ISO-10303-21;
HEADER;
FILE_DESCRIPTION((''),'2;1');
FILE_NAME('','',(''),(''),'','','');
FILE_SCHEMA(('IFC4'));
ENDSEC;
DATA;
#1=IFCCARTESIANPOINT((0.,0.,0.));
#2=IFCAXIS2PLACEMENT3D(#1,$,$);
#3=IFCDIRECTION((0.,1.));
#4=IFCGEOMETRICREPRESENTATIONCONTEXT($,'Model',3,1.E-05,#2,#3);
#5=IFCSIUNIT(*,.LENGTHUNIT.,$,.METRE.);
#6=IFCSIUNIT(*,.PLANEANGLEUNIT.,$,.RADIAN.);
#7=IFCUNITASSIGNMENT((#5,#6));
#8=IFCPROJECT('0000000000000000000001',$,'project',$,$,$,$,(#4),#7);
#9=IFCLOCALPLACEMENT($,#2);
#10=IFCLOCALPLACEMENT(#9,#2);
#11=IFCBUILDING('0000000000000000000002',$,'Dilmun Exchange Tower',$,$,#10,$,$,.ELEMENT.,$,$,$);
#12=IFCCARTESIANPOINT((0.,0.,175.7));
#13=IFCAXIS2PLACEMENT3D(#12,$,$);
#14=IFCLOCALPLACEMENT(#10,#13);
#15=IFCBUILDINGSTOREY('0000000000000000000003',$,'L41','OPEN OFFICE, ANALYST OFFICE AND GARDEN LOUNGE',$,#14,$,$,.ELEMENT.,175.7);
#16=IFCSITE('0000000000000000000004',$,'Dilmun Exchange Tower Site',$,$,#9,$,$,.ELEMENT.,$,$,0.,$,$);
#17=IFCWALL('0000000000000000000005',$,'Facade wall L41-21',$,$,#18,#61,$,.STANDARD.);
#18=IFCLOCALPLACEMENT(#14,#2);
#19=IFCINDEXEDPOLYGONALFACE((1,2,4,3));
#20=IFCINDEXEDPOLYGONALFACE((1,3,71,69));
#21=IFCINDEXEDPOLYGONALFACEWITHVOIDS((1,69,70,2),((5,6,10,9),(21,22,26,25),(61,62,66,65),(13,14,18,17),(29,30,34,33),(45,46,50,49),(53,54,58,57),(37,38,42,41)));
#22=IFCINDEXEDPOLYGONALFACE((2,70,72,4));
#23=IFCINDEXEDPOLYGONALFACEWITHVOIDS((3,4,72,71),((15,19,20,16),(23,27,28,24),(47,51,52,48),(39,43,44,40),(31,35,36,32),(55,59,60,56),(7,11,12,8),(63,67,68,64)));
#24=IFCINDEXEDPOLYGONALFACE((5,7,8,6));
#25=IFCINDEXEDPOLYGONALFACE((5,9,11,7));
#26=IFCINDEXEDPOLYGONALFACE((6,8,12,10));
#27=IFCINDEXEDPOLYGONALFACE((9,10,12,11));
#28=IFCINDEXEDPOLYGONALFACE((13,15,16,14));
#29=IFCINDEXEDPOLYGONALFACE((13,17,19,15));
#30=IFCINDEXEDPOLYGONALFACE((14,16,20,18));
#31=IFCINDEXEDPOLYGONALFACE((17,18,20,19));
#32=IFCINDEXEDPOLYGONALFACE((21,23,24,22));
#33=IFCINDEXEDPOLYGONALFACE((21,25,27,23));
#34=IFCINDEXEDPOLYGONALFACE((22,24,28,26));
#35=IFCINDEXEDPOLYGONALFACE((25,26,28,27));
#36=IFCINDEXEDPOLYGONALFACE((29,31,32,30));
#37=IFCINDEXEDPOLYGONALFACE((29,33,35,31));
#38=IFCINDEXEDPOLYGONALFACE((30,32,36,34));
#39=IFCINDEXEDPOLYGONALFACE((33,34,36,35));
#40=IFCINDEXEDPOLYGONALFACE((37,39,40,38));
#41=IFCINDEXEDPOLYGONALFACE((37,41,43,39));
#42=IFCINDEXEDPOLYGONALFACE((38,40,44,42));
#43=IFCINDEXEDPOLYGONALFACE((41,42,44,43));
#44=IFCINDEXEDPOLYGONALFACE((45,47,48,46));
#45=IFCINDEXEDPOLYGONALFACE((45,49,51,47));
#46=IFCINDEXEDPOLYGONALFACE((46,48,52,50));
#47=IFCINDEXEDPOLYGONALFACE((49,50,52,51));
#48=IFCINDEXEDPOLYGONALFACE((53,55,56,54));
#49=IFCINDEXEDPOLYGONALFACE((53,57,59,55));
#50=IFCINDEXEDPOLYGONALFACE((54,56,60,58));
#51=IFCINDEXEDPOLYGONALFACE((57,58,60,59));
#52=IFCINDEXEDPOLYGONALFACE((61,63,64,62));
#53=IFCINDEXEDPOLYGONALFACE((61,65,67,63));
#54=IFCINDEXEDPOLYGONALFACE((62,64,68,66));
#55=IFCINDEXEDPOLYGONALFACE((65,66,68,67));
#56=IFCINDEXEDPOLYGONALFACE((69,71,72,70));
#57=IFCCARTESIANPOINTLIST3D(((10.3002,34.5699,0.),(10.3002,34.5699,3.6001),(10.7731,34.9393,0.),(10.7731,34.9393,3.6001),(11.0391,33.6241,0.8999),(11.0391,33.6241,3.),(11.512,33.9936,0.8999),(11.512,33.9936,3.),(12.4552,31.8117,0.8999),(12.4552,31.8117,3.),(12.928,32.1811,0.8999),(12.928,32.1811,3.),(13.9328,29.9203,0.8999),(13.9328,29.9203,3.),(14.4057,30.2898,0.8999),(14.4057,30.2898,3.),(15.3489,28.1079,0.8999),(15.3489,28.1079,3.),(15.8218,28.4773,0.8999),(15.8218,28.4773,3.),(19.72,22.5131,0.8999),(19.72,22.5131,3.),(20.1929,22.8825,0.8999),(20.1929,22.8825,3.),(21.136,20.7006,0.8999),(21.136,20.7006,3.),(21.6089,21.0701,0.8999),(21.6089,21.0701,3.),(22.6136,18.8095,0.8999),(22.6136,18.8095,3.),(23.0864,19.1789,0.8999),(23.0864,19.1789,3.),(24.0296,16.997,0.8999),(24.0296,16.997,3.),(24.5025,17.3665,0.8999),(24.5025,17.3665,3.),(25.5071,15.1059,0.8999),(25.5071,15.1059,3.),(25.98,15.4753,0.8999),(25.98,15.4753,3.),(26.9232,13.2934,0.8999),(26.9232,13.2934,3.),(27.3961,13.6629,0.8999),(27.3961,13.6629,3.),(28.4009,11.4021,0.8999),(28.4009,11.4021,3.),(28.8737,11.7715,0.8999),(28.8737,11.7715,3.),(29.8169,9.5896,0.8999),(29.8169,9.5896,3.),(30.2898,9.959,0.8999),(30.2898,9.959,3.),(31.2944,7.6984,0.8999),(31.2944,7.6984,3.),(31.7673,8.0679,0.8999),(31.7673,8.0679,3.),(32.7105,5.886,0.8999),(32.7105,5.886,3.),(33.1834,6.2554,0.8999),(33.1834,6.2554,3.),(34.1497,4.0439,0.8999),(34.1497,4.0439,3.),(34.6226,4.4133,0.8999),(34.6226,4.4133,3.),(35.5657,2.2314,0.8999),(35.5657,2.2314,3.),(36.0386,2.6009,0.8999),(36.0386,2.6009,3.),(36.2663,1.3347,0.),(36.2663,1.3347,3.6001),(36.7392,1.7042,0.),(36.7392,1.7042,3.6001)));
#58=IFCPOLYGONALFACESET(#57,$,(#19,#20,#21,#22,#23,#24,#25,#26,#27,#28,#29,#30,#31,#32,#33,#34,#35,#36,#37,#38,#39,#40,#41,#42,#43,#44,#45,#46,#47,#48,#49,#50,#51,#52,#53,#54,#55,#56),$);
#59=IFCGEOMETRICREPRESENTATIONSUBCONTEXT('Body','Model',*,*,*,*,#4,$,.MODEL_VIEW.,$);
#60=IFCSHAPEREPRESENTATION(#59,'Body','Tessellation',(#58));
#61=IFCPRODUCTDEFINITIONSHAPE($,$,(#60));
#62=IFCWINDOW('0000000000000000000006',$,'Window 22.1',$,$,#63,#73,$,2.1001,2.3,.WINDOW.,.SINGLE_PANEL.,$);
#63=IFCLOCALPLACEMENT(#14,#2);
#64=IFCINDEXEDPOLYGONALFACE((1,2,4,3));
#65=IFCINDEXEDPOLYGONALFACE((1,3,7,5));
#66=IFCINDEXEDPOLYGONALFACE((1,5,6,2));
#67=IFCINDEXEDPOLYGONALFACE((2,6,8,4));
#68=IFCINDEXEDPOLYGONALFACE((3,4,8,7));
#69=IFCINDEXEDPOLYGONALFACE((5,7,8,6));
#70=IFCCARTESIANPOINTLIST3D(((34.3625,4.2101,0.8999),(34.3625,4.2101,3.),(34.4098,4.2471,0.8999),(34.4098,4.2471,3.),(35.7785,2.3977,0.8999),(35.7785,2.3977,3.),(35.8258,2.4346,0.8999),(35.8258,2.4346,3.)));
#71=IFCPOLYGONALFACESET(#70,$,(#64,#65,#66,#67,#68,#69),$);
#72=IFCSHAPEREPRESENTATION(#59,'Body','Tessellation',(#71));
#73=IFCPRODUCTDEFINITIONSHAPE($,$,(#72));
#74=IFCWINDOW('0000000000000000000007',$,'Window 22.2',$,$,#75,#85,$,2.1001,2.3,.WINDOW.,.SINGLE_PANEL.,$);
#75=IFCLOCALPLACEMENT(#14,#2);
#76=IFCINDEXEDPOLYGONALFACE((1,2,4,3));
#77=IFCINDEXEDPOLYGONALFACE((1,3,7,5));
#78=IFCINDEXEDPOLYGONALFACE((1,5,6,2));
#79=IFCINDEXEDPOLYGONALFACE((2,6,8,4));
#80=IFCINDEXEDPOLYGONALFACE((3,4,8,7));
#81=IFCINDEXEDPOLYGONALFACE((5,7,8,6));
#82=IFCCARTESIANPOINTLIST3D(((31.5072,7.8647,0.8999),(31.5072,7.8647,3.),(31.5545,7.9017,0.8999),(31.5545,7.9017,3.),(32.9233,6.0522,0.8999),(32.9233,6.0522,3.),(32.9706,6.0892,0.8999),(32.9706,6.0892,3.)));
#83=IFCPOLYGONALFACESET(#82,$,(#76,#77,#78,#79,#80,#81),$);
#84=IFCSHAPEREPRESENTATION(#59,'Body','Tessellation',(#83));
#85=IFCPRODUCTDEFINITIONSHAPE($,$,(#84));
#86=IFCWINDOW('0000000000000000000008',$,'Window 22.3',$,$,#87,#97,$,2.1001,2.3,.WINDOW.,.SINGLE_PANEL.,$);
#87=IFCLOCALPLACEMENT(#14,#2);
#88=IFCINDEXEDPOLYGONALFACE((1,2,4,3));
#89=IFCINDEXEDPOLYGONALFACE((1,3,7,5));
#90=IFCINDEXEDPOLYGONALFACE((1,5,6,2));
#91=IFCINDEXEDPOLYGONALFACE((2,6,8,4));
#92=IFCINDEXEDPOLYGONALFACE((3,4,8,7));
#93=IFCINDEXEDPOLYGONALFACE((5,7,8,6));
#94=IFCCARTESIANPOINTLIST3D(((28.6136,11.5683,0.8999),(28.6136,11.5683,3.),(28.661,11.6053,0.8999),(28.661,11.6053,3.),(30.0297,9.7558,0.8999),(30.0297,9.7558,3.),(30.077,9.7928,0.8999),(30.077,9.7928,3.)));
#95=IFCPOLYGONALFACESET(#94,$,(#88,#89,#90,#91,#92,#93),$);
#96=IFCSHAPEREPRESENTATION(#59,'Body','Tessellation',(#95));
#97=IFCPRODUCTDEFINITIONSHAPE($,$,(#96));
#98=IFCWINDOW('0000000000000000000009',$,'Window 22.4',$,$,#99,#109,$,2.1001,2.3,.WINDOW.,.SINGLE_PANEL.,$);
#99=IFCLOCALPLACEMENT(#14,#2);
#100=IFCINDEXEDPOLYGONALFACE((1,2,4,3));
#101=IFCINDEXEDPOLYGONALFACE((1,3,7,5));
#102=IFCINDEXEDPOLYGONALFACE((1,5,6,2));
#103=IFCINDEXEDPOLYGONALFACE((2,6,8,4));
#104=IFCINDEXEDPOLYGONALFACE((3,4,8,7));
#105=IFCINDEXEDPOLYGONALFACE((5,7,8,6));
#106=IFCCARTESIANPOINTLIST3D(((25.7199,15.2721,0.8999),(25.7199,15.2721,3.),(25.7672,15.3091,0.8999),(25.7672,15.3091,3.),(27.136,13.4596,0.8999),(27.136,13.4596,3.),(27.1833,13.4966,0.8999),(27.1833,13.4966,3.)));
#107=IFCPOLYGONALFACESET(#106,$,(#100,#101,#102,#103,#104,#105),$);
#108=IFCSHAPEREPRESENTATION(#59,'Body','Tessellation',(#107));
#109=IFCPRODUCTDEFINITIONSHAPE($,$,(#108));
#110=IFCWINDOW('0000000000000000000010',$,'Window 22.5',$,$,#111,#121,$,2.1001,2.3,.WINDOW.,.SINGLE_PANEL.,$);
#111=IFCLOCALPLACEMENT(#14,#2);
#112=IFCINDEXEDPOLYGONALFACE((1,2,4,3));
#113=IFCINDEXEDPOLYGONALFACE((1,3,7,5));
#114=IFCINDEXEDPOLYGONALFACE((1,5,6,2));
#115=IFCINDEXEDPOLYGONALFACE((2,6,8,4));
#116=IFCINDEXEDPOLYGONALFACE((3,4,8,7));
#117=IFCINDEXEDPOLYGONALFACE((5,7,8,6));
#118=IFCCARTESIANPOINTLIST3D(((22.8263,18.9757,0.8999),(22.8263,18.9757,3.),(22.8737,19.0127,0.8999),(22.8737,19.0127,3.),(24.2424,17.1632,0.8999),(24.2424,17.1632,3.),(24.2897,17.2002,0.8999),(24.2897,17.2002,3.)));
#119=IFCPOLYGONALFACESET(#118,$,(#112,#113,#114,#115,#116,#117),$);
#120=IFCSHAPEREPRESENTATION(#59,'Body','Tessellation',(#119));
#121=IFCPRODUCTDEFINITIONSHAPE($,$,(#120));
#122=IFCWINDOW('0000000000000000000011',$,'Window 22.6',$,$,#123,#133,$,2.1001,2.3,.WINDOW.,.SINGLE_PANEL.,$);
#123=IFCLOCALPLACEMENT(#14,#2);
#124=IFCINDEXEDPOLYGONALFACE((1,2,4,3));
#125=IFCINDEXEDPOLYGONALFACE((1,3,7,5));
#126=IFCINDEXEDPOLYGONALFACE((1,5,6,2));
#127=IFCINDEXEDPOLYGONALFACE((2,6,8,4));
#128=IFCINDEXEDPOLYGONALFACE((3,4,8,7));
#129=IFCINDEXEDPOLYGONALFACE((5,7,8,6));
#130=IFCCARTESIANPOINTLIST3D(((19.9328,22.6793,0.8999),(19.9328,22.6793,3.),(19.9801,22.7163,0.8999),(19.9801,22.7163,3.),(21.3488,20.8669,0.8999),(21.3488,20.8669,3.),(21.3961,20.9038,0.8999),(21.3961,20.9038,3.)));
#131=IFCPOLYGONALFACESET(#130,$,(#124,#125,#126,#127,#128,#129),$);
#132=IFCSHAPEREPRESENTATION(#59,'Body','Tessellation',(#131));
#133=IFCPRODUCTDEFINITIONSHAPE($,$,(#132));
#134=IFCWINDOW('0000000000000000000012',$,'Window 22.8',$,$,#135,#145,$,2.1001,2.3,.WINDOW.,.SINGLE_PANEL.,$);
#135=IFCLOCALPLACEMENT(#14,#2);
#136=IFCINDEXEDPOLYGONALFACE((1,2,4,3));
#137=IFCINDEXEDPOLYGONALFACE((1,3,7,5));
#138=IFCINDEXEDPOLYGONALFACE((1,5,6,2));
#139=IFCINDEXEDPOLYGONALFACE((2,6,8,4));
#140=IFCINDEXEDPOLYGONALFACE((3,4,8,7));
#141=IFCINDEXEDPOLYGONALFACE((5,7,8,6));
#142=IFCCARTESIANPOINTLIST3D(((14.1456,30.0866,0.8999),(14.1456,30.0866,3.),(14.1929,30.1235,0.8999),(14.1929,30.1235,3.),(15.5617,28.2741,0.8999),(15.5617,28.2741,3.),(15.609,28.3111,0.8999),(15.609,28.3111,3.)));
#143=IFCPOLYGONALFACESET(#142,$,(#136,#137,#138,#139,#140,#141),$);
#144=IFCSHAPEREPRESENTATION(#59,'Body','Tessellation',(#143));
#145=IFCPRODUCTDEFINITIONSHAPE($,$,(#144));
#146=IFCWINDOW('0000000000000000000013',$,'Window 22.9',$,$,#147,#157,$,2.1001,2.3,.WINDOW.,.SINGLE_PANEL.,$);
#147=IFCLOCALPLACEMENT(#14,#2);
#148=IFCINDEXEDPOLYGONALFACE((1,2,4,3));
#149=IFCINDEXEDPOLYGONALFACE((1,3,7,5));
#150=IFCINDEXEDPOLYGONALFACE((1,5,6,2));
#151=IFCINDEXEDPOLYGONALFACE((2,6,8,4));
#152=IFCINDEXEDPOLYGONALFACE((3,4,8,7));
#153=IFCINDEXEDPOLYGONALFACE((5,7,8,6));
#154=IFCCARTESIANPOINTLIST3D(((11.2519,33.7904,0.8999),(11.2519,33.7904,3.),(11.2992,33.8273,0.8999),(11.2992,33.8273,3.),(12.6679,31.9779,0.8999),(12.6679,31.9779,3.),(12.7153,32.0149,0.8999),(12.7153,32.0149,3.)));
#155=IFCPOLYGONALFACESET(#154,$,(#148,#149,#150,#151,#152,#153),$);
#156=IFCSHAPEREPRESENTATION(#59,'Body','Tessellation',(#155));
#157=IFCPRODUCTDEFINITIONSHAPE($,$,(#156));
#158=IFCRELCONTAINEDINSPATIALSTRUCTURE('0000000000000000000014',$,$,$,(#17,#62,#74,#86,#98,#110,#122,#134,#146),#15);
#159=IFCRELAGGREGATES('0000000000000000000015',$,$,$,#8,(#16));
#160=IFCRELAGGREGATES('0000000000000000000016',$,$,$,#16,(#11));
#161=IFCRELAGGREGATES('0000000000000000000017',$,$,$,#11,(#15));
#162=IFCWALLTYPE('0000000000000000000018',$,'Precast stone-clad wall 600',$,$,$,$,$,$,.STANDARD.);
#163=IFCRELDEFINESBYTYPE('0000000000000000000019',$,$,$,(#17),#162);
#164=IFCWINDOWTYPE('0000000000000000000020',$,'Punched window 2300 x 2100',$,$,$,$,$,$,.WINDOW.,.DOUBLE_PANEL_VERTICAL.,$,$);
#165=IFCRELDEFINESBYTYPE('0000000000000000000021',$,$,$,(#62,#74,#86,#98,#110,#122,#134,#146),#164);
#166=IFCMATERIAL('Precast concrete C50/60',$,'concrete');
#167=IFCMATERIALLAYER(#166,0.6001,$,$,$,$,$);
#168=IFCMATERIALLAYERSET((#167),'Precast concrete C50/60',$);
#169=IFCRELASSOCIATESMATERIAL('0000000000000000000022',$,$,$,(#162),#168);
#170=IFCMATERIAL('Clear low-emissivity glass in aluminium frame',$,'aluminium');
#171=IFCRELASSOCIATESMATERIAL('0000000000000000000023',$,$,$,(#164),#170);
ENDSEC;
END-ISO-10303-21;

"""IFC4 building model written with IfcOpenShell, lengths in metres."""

from ifc_helpers import new_model, si_unit, direction, frame, frame_2d, origin, place, context, subcontext, project, spatial, rectangle, extrude, material, layer, layer_set, type_object, element, fill, save


model = new_model("IFC4")

# Units and contexts
model_context = context("Model", 3, precision=1e-05, world=origin(), true_north=direction((0.0, 1.0)))
body_context = subcontext(model_context, "Body", "Model", "MODEL_VIEW")
ifc_project = project(units=[si_unit("LENGTHUNIT", "METRE"), si_unit("PLANEANGLEUNIT", "RADIAN")], contexts=[model_context])

# Site, building, storey
site_placement = place(None, origin())
site = spatial("IfcSite", under=ifc_project, at=site_placement, Name="Dilmun Exchange Tower Site", CompositionType="ELEMENT", RefElevation=0.0)
building_placement = place(site_placement, origin())
building = spatial("IfcBuilding", under=site, at=building_placement, Name="Dilmun Exchange Tower", CompositionType="ELEMENT")
storey_placement = place(building_placement, frame((0.0, 0.0, 175.7)))
storey = spatial("IfcBuildingStorey", under=building, at=storey_placement, Name="L41", Description="OPEN OFFICE, ANALYST OFFICE AND GARDEN LOUNGE", CompositionType="ELEMENT", Elevation=175.7)

# Shared definitions
ifc_material_1 = material(Name="Precast concrete C50/60", Category="concrete")
ifc_layer_1 = layer(ifc_material_1, 0.6001)
ifc_layer_set_1 = layer_set([ifc_layer_1], Name="Precast concrete C50/60")
wall_type_1 = type_object("IfcWallType", Name="Precast stone-clad wall 600", PredefinedType="STANDARD", material=ifc_layer_set_1)

# Shared definitions
ifc_material_2 = material(Name="Clear low-emissivity glass in aluminium frame", Category="aluminium")

# Wall, openings, windows
wall_1_placement = place(storey_placement, frame((36.5027, 1.5195, 0.0), z_axis=(0.0, 0.0, 1.0), x_axis=(-0.615661, 0.788011, 0.0)))
wall_1 = element("IfcWall", 1, at=wall_1_placement, inside=storey, type_object=wall_type_1, Name="Facade wall L41-21", PredefinedType="STANDARD", context=body_context, shape_type="SweptSolid", body=[
    extrude(rectangle(XDim=42.176, YDim=0.6001, at=frame_2d((21.0879, 0.0))), origin(), (0.0, 0.0, 1.0), 3.6001),
])
opening_1_placement = place(wall_1_placement, frame((1.1379, 0.0, 0.8999)))
opening_1 = element("IfcOpeningElement", 2, at=opening_1_placement, cuts=wall_1, PredefinedType="OPENING", context=body_context, shape_type="SweptSolid", body=[
    extrude(rectangle(XDim=2.3, YDim=2.1001, at=frame_2d((1.1499, 1.05))), frame((0.0, 0.3101, 0.0), z_axis=(0.0, -1.0, 0.0), x_axis=(1.0, 0.0, 0.0)), (0.0, 0.0, 1.0), 0.6201),
])
opening_2_placement = place(wall_1_placement, frame((5.7756, 0.0, 0.8999)))
opening_2 = element("IfcOpeningElement", 3, at=opening_2_placement, cuts=wall_1, PredefinedType="OPENING", context=body_context, shape_type="SweptSolid", body=[
    extrude(rectangle(XDim=2.3, YDim=2.1001, at=frame_2d((1.1499, 1.05))), frame((0.0, 0.3101, 0.0), z_axis=(0.0, -1.0, 0.0), x_axis=(1.0, 0.0, 0.0)), (0.0, 0.0, 1.0), 0.6201),
])
opening_3_placement = place(wall_1_placement, frame((10.4756, 0.0, 0.8999)))
opening_3 = element("IfcOpeningElement", 4, at=opening_3_placement, cuts=wall_1, PredefinedType="OPENING", context=body_context, shape_type="SweptSolid", body=[
    extrude(rectangle(XDim=2.3, YDim=2.1001, at=frame_2d((1.1499, 1.05))), frame((0.0, 0.3101, 0.0), z_axis=(0.0, -1.0, 0.0), x_axis=(1.0, 0.0, 0.0)), (0.0, 0.0, 1.0), 0.6201),
])
opening_4_placement = place(wall_1_placement, frame((15.1758, 0.0, 0.8999)))
opening_4 = element("IfcOpeningElement", 5, at=opening_4_placement, cuts=wall_1, PredefinedType="OPENING", context=body_context, shape_type="SweptSolid", body=[
    extrude(rectangle(XDim=2.3, YDim=2.1001, at=frame_2d((1.1499, 1.05))), frame((0.0, 0.3101, 0.0), z_axis=(0.0, -1.0, 0.0), x_axis=(1.0, 0.0, 0.0)), (0.0, 0.0, 1.0), 0.6201),
])
opening_5_placement = place(wall_1_placement, frame((19.8757, 0.0, 0.8999)))
opening_5 = element("IfcOpeningElement", 6, at=opening_5_placement, cuts=wall_1, PredefinedType="OPENING", context=body_context, shape_type="SweptSolid", body=[
    extrude(rectangle(XDim=2.3, YDim=2.1001, at=frame_2d((1.1499, 1.05))), frame((0.0, 0.3101, 0.0), z_axis=(0.0, -1.0, 0.0), x_axis=(1.0, 0.0, 0.0)), (0.0, 0.0, 1.0), 0.6201),
])
opening_6_placement = place(wall_1_placement, frame((24.5757, 0.0, 0.8999)))
opening_6 = element("IfcOpeningElement", 7, at=opening_6_placement, cuts=wall_1, PredefinedType="OPENING", context=body_context, shape_type="SweptSolid", body=[
    extrude(rectangle(XDim=2.3, YDim=2.1001, at=frame_2d((1.1499, 1.05))), frame((0.0, 0.3101, 0.0), z_axis=(0.0, -1.0, 0.0), x_axis=(1.0, 0.0, 0.0)), (0.0, 0.0, 1.0), 0.6201),
])
opening_7_placement = place(wall_1_placement, frame((33.9756, 0.0, 0.8999)))
opening_7 = element("IfcOpeningElement", 8, at=opening_7_placement, cuts=wall_1, PredefinedType="OPENING", context=body_context, shape_type="SweptSolid", body=[
    extrude(rectangle(XDim=2.3, YDim=2.1001, at=frame_2d((1.1499, 1.05))), frame((0.0, 0.3101, 0.0), z_axis=(0.0, -1.0, 0.0), x_axis=(1.0, 0.0, 0.0)), (0.0, 0.0, 1.0), 0.6201),
])
opening_8_placement = place(wall_1_placement, frame((38.6758, 0.0, 0.8999)))
opening_8 = element("IfcOpeningElement", 9, at=opening_8_placement, cuts=wall_1, PredefinedType="OPENING", context=body_context, shape_type="SweptSolid", body=[
    extrude(rectangle(XDim=2.3, YDim=2.1001, at=frame_2d((1.1499, 1.05))), frame((0.0, 0.3101, 0.0), z_axis=(0.0, -1.0, 0.0), x_axis=(1.0, 0.0, 0.0)), (0.0, 0.0, 1.0), 0.6201),
])
window_type_1 = type_object("IfcWindowType", Name="Punched window 2300 x 2100", PartitioningType="DOUBLE_PANEL_VERTICAL", PredefinedType="WINDOW", material=ifc_material_2)
window_1_placement = place(opening_1_placement, origin())
window_1 = element("IfcWindow", 10, at=window_1_placement, inside=storey, type_object=window_type_1, Name="Window 22.1", OverallHeight=2.1001, OverallWidth=2.3, PartitioningType="SINGLE_PANEL", PredefinedType="WINDOW", context=body_context, shape_type="SweptSolid", body=[
    extrude(rectangle(XDim=2.3, YDim=2.1001, at=frame_2d((1.1499, 1.05))), frame((0.0, 0.03, 0.0), z_axis=(0.0, -1.0, 0.0), x_axis=(1.0, 0.0, 0.0)), (0.0, 0.0, 1.0), 0.0601),
])
fill(opening_1, window_1)
window_2_placement = place(opening_2_placement, origin())
window_2 = element("IfcWindow", 11, at=window_2_placement, inside=storey, type_object=window_type_1, Name="Window 22.2", OverallHeight=2.1001, OverallWidth=2.3, PartitioningType="SINGLE_PANEL", PredefinedType="WINDOW", context=body_context, shape_type="SweptSolid", body=[
    extrude(rectangle(XDim=2.3, YDim=2.1001, at=frame_2d((1.1499, 1.05))), frame((0.0, 0.03, 0.0), z_axis=(0.0, -1.0, 0.0), x_axis=(1.0, 0.0, 0.0)), (0.0, 0.0, 1.0), 0.0601),
])
fill(opening_2, window_2)
window_3_placement = place(opening_3_placement, origin())
window_3 = element("IfcWindow", 12, at=window_3_placement, inside=storey, type_object=window_type_1, Name="Window 22.3", OverallHeight=2.1001, OverallWidth=2.3, PartitioningType="SINGLE_PANEL", PredefinedType="WINDOW", context=body_context, shape_type="SweptSolid", body=[
    extrude(rectangle(XDim=2.3, YDim=2.1001, at=frame_2d((1.1499, 1.05))), frame((0.0, 0.03, 0.0), z_axis=(0.0, -1.0, 0.0), x_axis=(1.0, 0.0, 0.0)), (0.0, 0.0, 1.0), 0.0601),
])
fill(opening_3, window_3)
window_4_placement = place(opening_4_placement, origin())
window_4 = element("IfcWindow", 13, at=window_4_placement, inside=storey, type_object=window_type_1, Name="Window 22.4", OverallHeight=2.1001, OverallWidth=2.3, PartitioningType="SINGLE_PANEL", PredefinedType="WINDOW", context=body_context, shape_type="SweptSolid", body=[
    extrude(rectangle(XDim=2.3, YDim=2.1001, at=frame_2d((1.1499, 1.05))), frame((0.0, 0.03, 0.0), z_axis=(0.0, -1.0, 0.0), x_axis=(1.0, 0.0, 0.0)), (0.0, 0.0, 1.0), 0.0601),
])
fill(opening_4, window_4)
window_5_placement = place(opening_5_placement, origin())
window_5 = element("IfcWindow", 14, at=window_5_placement, inside=storey, type_object=window_type_1, Name="Window 22.5", OverallHeight=2.1001, OverallWidth=2.3, PartitioningType="SINGLE_PANEL", PredefinedType="WINDOW", context=body_context, shape_type="SweptSolid", body=[
    extrude(rectangle(XDim=2.3, YDim=2.1001, at=frame_2d((1.1499, 1.05))), frame((0.0, 0.03, 0.0), z_axis=(0.0, -1.0, 0.0), x_axis=(1.0, 0.0, 0.0)), (0.0, 0.0, 1.0), 0.0601),
])
fill(opening_5, window_5)
window_6_placement = place(opening_6_placement, origin())
window_6 = element("IfcWindow", 15, at=window_6_placement, inside=storey, type_object=window_type_1, Name="Window 22.6", OverallHeight=2.1001, OverallWidth=2.3, PartitioningType="SINGLE_PANEL", PredefinedType="WINDOW", context=body_context, shape_type="SweptSolid", body=[
    extrude(rectangle(XDim=2.3, YDim=2.1001, at=frame_2d((1.1499, 1.05))), frame((0.0, 0.03, 0.0), z_axis=(0.0, -1.0, 0.0), x_axis=(1.0, 0.0, 0.0)), (0.0, 0.0, 1.0), 0.0601),
])
fill(opening_6, window_6)
window_7_placement = place(opening_7_placement, origin())
window_7 = element("IfcWindow", 16, at=window_7_placement, inside=storey, type_object=window_type_1, Name="Window 22.8", OverallHeight=2.1001, OverallWidth=2.3, PartitioningType="SINGLE_PANEL", PredefinedType="WINDOW", context=body_context, shape_type="SweptSolid", body=[
    extrude(rectangle(XDim=2.3, YDim=2.1001, at=frame_2d((1.1499, 1.05))), frame((0.0, 0.03, 0.0), z_axis=(0.0, -1.0, 0.0), x_axis=(1.0, 0.0, 0.0)), (0.0, 0.0, 1.0), 0.0601),
])
fill(opening_7, window_7)
window_8_placement = place(opening_8_placement, origin())
window_8 = element("IfcWindow", 17, at=window_8_placement, inside=storey, type_object=window_type_1, Name="Window 22.9", OverallHeight=2.1001, OverallWidth=2.3, PartitioningType="SINGLE_PANEL", PredefinedType="WINDOW", context=body_context, shape_type="SweptSolid", body=[
    extrude(rectangle(XDim=2.3, YDim=2.1001, at=frame_2d((1.1499, 1.05))), frame((0.0, 0.03, 0.0), z_axis=(0.0, -1.0, 0.0), x_axis=(1.0, 0.0, 0.0)), (0.0, 0.0, 1.0), 0.0601),
])
fill(opening_8, window_8)

save(model, "model.ifc")
